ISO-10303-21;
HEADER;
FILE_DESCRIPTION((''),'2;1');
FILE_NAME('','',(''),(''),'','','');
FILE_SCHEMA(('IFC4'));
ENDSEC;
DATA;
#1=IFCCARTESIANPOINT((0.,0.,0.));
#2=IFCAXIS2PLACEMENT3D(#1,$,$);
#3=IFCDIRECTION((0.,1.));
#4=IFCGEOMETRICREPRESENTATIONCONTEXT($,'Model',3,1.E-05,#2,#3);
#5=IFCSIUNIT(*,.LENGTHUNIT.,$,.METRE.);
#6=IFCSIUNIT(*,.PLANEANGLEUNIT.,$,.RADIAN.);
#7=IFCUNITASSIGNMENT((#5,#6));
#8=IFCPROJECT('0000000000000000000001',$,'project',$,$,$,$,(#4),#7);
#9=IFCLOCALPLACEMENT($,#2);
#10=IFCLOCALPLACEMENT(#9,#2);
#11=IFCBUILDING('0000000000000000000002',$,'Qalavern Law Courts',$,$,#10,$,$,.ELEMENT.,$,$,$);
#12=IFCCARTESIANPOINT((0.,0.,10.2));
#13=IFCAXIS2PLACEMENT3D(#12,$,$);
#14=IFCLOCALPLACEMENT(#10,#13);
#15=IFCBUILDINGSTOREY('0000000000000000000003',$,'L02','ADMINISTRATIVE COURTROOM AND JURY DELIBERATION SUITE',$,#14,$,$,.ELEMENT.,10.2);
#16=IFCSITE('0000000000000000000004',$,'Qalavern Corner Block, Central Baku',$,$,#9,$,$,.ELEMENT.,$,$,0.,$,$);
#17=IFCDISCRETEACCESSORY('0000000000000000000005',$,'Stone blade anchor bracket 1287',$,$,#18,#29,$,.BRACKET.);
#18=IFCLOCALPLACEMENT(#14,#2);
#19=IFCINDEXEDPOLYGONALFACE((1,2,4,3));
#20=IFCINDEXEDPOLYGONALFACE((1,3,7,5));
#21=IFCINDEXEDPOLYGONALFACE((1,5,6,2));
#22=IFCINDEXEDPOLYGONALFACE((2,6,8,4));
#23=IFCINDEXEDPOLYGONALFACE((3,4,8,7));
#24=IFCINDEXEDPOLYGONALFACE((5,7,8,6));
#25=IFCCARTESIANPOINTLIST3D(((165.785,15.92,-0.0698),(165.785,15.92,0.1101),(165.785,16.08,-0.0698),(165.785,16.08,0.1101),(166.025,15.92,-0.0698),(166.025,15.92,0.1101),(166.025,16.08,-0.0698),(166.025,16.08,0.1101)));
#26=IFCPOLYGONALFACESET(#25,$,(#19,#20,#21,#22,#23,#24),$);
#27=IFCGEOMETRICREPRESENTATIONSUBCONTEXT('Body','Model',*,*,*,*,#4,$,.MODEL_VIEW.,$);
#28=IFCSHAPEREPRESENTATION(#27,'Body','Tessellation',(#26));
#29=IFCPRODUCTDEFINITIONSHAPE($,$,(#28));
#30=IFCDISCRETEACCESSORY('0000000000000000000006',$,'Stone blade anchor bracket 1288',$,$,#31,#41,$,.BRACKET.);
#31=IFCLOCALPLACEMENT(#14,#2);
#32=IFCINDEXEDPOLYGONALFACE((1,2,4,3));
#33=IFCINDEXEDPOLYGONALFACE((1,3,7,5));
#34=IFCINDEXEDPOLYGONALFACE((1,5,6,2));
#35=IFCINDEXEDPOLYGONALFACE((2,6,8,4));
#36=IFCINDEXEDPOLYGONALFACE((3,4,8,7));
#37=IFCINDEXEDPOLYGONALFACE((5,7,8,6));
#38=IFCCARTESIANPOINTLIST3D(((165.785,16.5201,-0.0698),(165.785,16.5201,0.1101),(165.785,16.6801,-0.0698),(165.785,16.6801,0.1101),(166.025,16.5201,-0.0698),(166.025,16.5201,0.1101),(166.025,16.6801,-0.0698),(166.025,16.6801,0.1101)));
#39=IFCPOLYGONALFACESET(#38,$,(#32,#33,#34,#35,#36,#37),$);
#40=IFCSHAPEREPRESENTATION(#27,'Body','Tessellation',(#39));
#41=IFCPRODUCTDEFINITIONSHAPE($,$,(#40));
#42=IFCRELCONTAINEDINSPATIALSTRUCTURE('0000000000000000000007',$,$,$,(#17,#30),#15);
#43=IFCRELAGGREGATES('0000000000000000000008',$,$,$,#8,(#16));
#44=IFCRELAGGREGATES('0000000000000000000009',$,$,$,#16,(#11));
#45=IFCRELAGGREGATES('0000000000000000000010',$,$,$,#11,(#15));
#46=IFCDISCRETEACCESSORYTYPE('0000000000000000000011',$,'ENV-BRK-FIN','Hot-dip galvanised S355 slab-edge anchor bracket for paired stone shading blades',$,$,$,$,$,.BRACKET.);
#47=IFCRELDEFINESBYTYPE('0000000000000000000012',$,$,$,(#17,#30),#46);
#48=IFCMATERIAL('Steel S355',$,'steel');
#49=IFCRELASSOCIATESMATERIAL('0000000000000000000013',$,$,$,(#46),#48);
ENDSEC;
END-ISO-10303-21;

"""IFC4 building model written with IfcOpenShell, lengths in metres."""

from ifc_helpers import new_model, si_unit, direction, frame, origin, origin_2d, place, context, subcontext, project, spatial, rectangle, extrude, material, type_object, element, save


model = new_model("IFC4")

# Units and contexts
model_context = context("Model", 3, precision=1e-05, world=origin(), true_north=direction((0.0, 1.0)))
body_context = subcontext(model_context, "Body", "Model", "MODEL_VIEW")
ifc_project = project(units=[si_unit("LENGTHUNIT", "METRE"), si_unit("PLANEANGLEUNIT", "RADIAN")], contexts=[model_context])

# Site, building, storey
site_placement = place(None, origin())
site = spatial("IfcSite", under=ifc_project, at=site_placement, Name="Qalavern Corner Block, Central Baku", CompositionType="ELEMENT", RefElevation=0.0)
building_placement = place(site_placement, origin())
building = spatial("IfcBuilding", under=site, at=building_placement, Name="Qalavern Law Courts", CompositionType="ELEMENT")
storey_placement = place(building_placement, frame((0.0, 0.0, 10.2)))
storey = spatial("IfcBuildingStorey", under=building, at=storey_placement, Name="L02", Description="ADMINISTRATIVE COURTROOM AND JURY DELIBERATION SUITE", CompositionType="ELEMENT", Elevation=10.2)

# Shared definitions
ifc_material_1 = material(Name="Steel S355", Category="steel")

# Discrete accessories
discrete_accessory_type = type_object("IfcDiscreteAccessoryType", Name="ENV-BRK-FIN", Description="Hot-dip galvanised S355 slab-edge anchor bracket for paired stone shading blades", PredefinedType="BRACKET", material=ifc_material_1)
for number, where, z_axis, x_axis, name in (
    (1, (165.905, 16.0, -0.0698), (0.0, 0.0, 1.0), (1.0, 0.0, 0.0), "Stone blade anchor bracket 1287"),
    (2, (165.905, 16.6001, -0.0698), (0.0, 0.0, 1.0), (1.0, 0.0, 0.0), "Stone blade anchor bracket 1288"),
):
    element("IfcDiscreteAccessory", number, at=place(storey_placement, frame(where, z_axis=z_axis, x_axis=x_axis)), inside=storey, type_object=discrete_accessory_type, Name=name, PredefinedType="BRACKET", context=body_context, shape_type="SweptSolid", body=[
        extrude(rectangle(XDim=0.24, YDim=0.1599, at=origin_2d()), origin(), (0.0, 0.0, 1.0), 0.1799),
    ])

save(model, "model.ifc")
